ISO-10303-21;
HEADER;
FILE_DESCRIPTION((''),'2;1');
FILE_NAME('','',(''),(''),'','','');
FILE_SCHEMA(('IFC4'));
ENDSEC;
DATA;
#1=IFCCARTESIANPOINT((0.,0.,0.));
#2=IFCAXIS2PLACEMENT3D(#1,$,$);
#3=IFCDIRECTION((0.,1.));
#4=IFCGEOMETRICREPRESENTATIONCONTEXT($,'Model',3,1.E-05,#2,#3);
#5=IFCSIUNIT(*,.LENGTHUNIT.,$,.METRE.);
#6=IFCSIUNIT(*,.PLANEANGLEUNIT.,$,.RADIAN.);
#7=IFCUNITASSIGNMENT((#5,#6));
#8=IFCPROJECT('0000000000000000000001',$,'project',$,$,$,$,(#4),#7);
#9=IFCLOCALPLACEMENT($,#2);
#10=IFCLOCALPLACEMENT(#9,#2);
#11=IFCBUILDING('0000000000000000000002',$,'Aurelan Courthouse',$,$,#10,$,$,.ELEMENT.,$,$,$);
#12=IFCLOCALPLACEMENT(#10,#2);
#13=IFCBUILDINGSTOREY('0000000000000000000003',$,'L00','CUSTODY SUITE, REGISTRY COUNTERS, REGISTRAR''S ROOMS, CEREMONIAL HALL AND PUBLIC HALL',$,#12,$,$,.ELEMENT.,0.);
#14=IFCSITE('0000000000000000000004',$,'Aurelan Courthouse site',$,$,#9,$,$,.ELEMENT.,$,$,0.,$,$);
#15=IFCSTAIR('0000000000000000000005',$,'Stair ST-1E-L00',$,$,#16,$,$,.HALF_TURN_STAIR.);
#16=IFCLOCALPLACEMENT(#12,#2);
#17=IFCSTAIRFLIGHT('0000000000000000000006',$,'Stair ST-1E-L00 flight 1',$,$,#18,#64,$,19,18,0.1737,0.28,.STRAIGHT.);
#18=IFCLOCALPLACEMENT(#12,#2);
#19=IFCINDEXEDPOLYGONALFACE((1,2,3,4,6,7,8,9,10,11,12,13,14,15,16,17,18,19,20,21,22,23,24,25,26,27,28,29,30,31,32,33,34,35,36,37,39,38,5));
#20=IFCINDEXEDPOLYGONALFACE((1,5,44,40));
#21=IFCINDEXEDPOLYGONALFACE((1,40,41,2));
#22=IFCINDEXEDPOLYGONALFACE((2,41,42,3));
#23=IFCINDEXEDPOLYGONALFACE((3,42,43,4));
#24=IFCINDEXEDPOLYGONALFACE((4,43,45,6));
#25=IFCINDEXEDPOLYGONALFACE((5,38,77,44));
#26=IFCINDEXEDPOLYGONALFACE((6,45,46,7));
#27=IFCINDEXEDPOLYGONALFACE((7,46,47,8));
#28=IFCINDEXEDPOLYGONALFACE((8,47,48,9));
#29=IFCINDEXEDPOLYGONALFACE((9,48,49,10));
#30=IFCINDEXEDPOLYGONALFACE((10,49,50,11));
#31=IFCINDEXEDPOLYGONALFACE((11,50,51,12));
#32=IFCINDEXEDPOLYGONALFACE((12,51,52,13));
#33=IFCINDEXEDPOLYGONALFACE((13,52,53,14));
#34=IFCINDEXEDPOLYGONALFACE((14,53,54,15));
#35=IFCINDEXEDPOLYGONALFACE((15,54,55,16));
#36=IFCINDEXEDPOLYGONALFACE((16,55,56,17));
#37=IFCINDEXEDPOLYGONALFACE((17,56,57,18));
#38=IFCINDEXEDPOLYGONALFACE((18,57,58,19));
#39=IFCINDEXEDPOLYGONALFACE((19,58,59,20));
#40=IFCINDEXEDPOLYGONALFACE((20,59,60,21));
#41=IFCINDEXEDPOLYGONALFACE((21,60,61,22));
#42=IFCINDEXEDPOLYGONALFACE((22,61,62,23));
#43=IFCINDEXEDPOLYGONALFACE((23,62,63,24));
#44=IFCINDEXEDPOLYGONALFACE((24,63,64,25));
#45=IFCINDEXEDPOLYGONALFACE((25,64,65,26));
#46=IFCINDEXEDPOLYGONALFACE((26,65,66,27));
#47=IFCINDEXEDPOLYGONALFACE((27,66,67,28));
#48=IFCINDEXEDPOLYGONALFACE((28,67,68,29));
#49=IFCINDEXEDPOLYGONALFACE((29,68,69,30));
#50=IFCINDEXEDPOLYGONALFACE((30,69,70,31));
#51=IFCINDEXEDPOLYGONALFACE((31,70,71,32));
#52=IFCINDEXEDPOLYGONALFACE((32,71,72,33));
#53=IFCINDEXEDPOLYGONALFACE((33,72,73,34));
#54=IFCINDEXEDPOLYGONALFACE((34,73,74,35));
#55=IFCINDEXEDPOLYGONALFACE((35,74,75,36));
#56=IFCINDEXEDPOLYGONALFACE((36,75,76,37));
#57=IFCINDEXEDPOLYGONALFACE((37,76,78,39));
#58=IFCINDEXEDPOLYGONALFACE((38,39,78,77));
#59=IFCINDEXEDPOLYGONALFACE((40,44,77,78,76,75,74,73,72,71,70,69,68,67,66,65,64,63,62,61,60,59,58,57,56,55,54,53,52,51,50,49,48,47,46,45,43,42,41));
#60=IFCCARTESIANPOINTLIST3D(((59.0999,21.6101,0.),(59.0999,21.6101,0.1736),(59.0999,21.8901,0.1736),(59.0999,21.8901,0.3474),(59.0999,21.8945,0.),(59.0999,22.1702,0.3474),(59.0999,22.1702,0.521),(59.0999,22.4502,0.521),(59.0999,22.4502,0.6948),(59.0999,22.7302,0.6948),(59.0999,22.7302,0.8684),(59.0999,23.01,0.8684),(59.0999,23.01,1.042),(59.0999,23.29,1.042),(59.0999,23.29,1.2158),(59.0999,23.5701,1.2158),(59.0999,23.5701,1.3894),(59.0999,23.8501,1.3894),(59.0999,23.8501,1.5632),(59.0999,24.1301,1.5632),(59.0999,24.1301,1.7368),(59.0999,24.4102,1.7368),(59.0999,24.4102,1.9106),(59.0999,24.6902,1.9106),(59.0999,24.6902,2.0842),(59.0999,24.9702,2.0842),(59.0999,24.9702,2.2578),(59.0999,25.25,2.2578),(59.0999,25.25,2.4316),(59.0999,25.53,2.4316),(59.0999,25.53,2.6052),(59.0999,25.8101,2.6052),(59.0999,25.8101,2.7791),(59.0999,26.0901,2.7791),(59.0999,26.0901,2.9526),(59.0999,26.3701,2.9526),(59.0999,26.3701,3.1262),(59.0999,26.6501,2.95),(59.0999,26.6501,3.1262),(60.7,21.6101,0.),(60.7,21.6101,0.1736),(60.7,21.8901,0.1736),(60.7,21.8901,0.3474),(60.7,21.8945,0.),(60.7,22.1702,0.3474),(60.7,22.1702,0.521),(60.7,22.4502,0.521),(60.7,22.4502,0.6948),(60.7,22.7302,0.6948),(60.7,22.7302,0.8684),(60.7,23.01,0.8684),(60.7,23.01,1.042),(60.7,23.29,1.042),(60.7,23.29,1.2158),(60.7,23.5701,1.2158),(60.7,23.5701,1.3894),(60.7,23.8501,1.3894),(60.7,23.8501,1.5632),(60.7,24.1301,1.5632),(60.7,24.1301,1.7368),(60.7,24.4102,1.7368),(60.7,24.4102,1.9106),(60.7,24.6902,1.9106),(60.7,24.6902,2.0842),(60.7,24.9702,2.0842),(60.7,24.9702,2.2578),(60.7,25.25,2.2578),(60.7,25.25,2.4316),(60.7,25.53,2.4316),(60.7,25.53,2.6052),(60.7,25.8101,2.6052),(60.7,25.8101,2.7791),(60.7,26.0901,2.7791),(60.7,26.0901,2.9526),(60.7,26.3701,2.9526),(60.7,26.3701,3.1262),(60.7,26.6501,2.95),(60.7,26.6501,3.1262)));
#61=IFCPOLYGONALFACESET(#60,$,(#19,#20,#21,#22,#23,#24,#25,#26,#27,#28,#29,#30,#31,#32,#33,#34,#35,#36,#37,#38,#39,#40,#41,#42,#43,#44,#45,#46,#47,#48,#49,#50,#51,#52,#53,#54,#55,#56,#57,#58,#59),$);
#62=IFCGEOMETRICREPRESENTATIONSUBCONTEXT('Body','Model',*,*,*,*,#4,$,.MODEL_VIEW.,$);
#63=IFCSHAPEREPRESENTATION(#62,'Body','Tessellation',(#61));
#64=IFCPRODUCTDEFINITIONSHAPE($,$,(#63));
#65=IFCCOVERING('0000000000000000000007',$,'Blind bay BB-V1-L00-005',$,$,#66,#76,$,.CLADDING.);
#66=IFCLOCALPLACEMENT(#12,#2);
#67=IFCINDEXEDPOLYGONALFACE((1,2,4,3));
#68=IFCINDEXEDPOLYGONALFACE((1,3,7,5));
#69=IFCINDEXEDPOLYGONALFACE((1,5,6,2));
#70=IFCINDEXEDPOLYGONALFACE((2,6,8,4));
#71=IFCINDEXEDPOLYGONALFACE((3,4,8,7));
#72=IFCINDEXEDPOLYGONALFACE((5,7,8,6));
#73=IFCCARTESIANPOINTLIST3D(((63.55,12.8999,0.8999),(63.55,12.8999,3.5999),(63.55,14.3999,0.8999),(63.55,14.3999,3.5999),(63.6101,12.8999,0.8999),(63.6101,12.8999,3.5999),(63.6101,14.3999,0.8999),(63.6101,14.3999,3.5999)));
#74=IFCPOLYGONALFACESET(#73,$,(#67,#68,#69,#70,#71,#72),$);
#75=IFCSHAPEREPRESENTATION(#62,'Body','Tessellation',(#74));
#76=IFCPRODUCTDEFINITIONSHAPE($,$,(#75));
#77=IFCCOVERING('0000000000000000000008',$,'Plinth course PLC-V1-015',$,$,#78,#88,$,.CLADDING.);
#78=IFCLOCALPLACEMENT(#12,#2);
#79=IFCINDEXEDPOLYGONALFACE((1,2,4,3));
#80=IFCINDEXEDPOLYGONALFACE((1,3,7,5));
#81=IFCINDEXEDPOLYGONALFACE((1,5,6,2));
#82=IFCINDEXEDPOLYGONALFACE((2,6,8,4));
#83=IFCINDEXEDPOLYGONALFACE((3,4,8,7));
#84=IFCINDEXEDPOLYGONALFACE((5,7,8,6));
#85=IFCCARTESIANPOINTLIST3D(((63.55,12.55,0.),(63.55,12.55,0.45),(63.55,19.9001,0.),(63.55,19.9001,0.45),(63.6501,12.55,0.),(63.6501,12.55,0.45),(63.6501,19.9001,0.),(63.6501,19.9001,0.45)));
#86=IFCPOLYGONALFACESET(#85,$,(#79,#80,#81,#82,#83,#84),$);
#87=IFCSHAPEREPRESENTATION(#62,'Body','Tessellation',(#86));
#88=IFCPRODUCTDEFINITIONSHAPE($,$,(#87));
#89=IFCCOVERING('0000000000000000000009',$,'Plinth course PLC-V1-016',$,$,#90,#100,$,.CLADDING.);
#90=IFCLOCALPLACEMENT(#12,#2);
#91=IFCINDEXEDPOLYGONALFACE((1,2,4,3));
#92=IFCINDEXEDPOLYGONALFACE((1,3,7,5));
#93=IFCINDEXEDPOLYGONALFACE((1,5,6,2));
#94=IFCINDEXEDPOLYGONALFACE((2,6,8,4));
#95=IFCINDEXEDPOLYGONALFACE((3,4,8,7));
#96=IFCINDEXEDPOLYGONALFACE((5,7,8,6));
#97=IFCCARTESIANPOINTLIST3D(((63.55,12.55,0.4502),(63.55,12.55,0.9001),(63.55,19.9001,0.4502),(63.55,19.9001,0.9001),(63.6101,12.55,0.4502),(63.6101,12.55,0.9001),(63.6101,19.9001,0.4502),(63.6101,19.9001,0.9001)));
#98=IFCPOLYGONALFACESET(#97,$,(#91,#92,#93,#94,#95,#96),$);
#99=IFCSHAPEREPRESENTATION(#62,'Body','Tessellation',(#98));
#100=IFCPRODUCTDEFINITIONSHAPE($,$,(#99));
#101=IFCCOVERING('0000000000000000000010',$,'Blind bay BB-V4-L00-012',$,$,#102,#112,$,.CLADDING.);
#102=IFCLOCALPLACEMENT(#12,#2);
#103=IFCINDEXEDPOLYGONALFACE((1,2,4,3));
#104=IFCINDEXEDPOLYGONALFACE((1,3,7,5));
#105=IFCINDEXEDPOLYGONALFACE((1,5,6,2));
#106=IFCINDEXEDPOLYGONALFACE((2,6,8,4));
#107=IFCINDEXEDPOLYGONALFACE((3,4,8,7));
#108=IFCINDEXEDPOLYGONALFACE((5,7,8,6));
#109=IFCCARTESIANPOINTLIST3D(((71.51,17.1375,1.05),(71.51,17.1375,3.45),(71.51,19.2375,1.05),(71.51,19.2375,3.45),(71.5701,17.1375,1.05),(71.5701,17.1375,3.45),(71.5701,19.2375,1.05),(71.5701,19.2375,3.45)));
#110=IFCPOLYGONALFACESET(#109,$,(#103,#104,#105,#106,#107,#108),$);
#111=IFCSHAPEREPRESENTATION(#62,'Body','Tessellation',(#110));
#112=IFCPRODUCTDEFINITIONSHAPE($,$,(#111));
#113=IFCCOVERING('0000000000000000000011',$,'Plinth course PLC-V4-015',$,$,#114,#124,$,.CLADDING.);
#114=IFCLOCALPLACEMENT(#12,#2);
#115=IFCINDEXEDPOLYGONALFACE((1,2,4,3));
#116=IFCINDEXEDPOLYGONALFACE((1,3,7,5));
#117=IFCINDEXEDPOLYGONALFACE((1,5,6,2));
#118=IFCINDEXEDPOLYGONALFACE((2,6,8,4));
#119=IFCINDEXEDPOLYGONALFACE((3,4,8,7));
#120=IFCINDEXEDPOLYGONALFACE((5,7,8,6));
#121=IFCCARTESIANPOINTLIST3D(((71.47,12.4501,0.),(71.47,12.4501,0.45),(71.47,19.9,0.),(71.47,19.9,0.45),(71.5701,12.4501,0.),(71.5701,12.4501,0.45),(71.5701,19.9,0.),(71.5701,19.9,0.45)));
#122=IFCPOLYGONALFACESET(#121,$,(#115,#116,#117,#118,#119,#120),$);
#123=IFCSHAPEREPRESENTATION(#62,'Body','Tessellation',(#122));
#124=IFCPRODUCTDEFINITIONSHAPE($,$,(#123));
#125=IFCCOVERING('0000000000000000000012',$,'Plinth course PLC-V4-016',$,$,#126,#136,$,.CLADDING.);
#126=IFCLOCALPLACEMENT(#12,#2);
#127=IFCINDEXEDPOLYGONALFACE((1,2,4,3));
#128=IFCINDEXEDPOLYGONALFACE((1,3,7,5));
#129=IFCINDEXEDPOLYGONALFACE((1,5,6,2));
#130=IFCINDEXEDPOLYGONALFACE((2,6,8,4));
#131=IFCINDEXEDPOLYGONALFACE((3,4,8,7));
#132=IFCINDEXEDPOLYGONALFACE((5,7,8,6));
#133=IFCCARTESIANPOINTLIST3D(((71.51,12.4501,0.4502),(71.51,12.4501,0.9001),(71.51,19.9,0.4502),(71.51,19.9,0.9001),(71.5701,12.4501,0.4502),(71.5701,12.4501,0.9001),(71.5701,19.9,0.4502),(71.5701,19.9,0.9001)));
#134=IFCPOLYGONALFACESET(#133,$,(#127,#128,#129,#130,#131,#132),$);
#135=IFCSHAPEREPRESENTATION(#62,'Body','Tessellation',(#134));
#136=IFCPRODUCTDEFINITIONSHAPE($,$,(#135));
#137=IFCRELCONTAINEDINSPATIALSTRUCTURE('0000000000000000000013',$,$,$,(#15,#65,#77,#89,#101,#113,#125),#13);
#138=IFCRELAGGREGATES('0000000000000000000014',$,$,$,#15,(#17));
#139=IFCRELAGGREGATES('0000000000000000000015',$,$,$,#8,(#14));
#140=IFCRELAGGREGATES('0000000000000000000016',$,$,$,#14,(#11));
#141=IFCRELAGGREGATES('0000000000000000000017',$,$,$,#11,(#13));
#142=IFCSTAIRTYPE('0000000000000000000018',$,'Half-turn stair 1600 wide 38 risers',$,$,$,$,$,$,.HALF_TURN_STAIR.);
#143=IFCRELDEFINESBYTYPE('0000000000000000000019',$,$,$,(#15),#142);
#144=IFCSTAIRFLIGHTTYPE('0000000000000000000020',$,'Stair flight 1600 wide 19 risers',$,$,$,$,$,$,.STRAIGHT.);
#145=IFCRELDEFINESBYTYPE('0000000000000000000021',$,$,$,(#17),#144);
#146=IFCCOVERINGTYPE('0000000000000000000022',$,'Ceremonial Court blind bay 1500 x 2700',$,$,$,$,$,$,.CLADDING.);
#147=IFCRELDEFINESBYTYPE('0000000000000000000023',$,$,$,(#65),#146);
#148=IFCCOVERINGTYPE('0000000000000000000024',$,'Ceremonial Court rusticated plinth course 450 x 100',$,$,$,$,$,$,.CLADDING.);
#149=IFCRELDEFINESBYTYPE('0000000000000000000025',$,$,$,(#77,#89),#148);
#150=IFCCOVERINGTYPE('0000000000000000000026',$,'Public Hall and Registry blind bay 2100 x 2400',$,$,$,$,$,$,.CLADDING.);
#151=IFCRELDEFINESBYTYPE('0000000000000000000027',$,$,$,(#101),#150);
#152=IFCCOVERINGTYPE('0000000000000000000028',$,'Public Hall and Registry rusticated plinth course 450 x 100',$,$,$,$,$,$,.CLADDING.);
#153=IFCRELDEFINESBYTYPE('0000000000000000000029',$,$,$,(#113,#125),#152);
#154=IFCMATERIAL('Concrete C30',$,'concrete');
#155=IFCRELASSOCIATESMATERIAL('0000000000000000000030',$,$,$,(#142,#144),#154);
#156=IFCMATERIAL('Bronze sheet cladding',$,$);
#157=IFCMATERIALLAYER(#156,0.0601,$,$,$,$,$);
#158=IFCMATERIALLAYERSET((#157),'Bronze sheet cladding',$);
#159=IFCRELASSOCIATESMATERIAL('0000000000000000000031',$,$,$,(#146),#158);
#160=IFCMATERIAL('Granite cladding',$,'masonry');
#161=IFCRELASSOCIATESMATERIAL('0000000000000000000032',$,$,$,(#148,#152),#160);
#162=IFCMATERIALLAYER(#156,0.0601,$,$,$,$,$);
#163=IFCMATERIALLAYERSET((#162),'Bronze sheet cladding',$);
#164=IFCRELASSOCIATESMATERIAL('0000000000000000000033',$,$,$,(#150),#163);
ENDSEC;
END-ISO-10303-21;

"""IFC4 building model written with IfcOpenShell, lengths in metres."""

from ifc_helpers import new_model, si_unit, direction, frame, origin, origin_2d, place, context, subcontext, project, spatial, polyline, rectangle, outline, extrude, material, layer, layer_set, type_object, element, aggregate, save


model = new_model("IFC4")

# Units and contexts
model_context = context("Model", 3, precision=1e-05, world=origin(), true_north=direction((0.0, 1.0)))
body_context = subcontext(model_context, "Body", "Model", "MODEL_VIEW")
ifc_project = project(units=[si_unit("LENGTHUNIT", "METRE"), si_unit("PLANEANGLEUNIT", "RADIAN")], contexts=[model_context])

# Site, building, storey
site_placement = place(None, origin())
site = spatial("IfcSite", under=ifc_project, at=site_placement, Name="Aurelan Courthouse site", CompositionType="ELEMENT", RefElevation=0.0)
building_placement = place(site_placement, origin())
building = spatial("IfcBuilding", under=site, at=building_placement, Name="Aurelan Courthouse", CompositionType="ELEMENT")
storey_placement = place(building_placement, origin())
storey = spatial("IfcBuildingStorey", under=building, at=storey_placement, Name="L00", Description="CUSTODY SUITE, REGISTRY COUNTERS, REGISTRAR'S ROOMS, CEREMONIAL HALL AND PUBLIC HALL", CompositionType="ELEMENT", Elevation=0.0)

# Shared definitions
ifc_material_1 = material(Name="Concrete C30", Category="concrete")

# Shared definitions
ifc_material_2 = material(Name="Granite cladding", Category="masonry")

# Stair, stair flight
stair_type = type_object("IfcStairType", Name="Half-turn stair 1600 wide 38 risers", PredefinedType="HALF_TURN_STAIR", material=ifc_material_1)
stair_placement = place(storey_placement, origin())
stair = element("IfcStair", 1, at=stair_placement, inside=storey, type_object=stair_type, Name="Stair ST-1E-L00", PredefinedType="HALF_TURN_STAIR")
stair_flight_type = type_object("IfcStairFlightType", Name="Stair flight 1600 wide 19 risers", PredefinedType="STRAIGHT", material=ifc_material_1)
stair_flight_placement = place(storey_placement, frame((59.8999, 21.6101, 0.0), z_axis=(0.0, 0.0, 1.0), x_axis=(0.0, 1.0, 0.0)))
stair_flight = element("IfcStairFlight", 2, at=stair_flight_placement, type_object=stair_flight_type, Name="Stair ST-1E-L00 flight 1", NumberOfRisers=19, NumberOfTreads=18, PredefinedType="STRAIGHT", RiserHeight=0.1737, TreadLength=0.28, context=body_context, shape_type="SweptSolid", body=[
    extrude(outline(polyline([(0.0, 0.0), (0.0, 0.1736), (0.28, 0.1736), (0.28, 0.3474), (0.5601, 0.3474), (0.5601, 0.521), (0.8401, 0.521), (0.8401, 0.6948), (1.1201, 0.6948), (1.1201, 0.8684), (1.3999, 0.8684), (1.3999, 1.042), (1.6799, 1.042), (1.6799, 1.2158), (1.96, 1.2158), (1.96, 1.3894), (2.24, 1.3894), (2.24, 1.5632), (2.52, 1.5632), (2.52, 1.7368), (2.8, 1.7368), (2.8, 1.9106), (3.0801, 1.9106), (3.0801, 2.0842), (3.3601, 2.0842), (3.3601, 2.2578), (3.6399, 2.2578), (3.6399, 2.4316), (3.9199, 2.4316), (3.9199, 2.6052), (4.2, 2.6052), (4.2, 2.7791), (4.48, 2.7791), (4.48, 2.9526), (4.76, 2.9526), (4.76, 3.1262), (5.04, 3.1262), (5.04, 3.3), (5.04, 2.95), (0.2844, 0.0), (0.0, 0.0)])), frame((0.0, 0.8, 0.0), z_axis=(0.0, -1.0, 0.0), x_axis=(1.0, 0.0, 0.0)), (0.0, 0.0, 1.0), 1.6001),
])
aggregate(stair, [stair_flight])

# Coverings
ifc_material_3 = material(Name="Bronze sheet cladding")
ifc_layer_1 = layer(ifc_material_3, 0.0601)
ifc_layer_set_1 = layer_set([ifc_layer_1], Name="Bronze sheet cladding")
covering_type_1 = type_object("IfcCoveringType", Name="Ceremonial Court blind bay 1500 x 2700", PredefinedType="CLADDING", material=ifc_layer_set_1)
covering_1_placement = place(storey_placement, frame((63.5801, 13.6499, 0.8999), z_axis=(0.0, 0.0, 1.0), x_axis=(1.0, 0.0, 0.0)))
element("IfcCovering", 3, at=covering_1_placement, inside=storey, type_object=covering_type_1, Name="Blind bay BB-V1-L00-005", PredefinedType="CLADDING", context=body_context, shape_type="SweptSolid", body=[
    extrude(rectangle(XDim=0.0601, YDim=1.5, at=origin_2d()), origin(), (0.0, 0.0, 1.0), 2.7),
])
covering_type_2 = type_object("IfcCoveringType", Name="Ceremonial Court rusticated plinth course 450 x 100", PredefinedType="CLADDING", material=ifc_material_2)
covering_2_placement = place(storey_placement, frame((63.6001, 16.2251, 0.0), z_axis=(0.0, 0.0, 1.0), x_axis=(1.0, 0.0, 0.0)))
element("IfcCovering", 4, at=covering_2_placement, inside=storey, type_object=covering_type_2, Name="Plinth course PLC-V1-015", PredefinedType="CLADDING", context=body_context, shape_type="SweptSolid", body=[
    extrude(rectangle(XDim=0.1001, YDim=7.3501, at=origin_2d()), origin(), (0.0, 0.0, 1.0), 0.45),
])
covering_3_placement = place(storey_placement, frame((63.5801, 16.2251, 0.4502), z_axis=(0.0, 0.0, 1.0), x_axis=(1.0, 0.0, 0.0)))
element("IfcCovering", 5, at=covering_3_placement, inside=storey, type_object=covering_type_2, Name="Plinth course PLC-V1-016", PredefinedType="CLADDING", context=body_context, shape_type="SweptSolid", body=[
    extrude(rectangle(XDim=0.0601, YDim=7.3501, at=origin_2d()), origin(), (0.0, 0.0, 1.0), 0.45),
])
ifc_layer_2 = layer(ifc_material_3, 0.0601)
ifc_layer_set_2 = layer_set([ifc_layer_2], Name="Bronze sheet cladding")
covering_type_3 = type_object("IfcCoveringType", Name="Public Hall and Registry blind bay 2100 x 2400", PredefinedType="CLADDING", material=ifc_layer_set_2)
covering_4_placement = place(storey_placement, frame((71.54, 18.1875, 1.05), z_axis=(0.0, 0.0, 1.0), x_axis=(1.0, 0.0, 0.0)))
element("IfcCovering", 6, at=covering_4_placement, inside=storey, type_object=covering_type_3, Name="Blind bay BB-V4-L00-012", PredefinedType="CLADDING", context=body_context, shape_type="SweptSolid", body=[
    extrude(rectangle(XDim=0.0601, YDim=2.1001, at=origin_2d()), origin(), (0.0, 0.0, 1.0), 2.3999),
])
covering_type_4 = type_object("IfcCoveringType", Name="Public Hall and Registry rusticated plinth course 450 x 100", PredefinedType="CLADDING", material=ifc_material_2)
covering_5_placement = place(storey_placement, frame((71.52, 16.175, 0.0), z_axis=(0.0, 0.0, 1.0), x_axis=(1.0, 0.0, 0.0)))
element("IfcCovering", 7, at=covering_5_placement, inside=storey, type_object=covering_type_4, Name="Plinth course PLC-V4-015", PredefinedType="CLADDING", context=body_context, shape_type="SweptSolid", body=[
    extrude(rectangle(XDim=0.1001, YDim=7.45, at=origin_2d()), origin(), (0.0, 0.0, 1.0), 0.45),
])
covering_6_placement = place(storey_placement, frame((71.54, 16.175, 0.4502), z_axis=(0.0, 0.0, 1.0), x_axis=(1.0, 0.0, 0.0)))
element("IfcCovering", 8, at=covering_6_placement, inside=storey, type_object=covering_type_4, Name="Plinth course PLC-V4-016", PredefinedType="CLADDING", context=body_context, shape_type="SweptSolid", body=[
    extrude(rectangle(XDim=0.0601, YDim=7.45, at=origin_2d()), origin(), (0.0, 0.0, 1.0), 0.45),
])

save(model, "model.ifc")
